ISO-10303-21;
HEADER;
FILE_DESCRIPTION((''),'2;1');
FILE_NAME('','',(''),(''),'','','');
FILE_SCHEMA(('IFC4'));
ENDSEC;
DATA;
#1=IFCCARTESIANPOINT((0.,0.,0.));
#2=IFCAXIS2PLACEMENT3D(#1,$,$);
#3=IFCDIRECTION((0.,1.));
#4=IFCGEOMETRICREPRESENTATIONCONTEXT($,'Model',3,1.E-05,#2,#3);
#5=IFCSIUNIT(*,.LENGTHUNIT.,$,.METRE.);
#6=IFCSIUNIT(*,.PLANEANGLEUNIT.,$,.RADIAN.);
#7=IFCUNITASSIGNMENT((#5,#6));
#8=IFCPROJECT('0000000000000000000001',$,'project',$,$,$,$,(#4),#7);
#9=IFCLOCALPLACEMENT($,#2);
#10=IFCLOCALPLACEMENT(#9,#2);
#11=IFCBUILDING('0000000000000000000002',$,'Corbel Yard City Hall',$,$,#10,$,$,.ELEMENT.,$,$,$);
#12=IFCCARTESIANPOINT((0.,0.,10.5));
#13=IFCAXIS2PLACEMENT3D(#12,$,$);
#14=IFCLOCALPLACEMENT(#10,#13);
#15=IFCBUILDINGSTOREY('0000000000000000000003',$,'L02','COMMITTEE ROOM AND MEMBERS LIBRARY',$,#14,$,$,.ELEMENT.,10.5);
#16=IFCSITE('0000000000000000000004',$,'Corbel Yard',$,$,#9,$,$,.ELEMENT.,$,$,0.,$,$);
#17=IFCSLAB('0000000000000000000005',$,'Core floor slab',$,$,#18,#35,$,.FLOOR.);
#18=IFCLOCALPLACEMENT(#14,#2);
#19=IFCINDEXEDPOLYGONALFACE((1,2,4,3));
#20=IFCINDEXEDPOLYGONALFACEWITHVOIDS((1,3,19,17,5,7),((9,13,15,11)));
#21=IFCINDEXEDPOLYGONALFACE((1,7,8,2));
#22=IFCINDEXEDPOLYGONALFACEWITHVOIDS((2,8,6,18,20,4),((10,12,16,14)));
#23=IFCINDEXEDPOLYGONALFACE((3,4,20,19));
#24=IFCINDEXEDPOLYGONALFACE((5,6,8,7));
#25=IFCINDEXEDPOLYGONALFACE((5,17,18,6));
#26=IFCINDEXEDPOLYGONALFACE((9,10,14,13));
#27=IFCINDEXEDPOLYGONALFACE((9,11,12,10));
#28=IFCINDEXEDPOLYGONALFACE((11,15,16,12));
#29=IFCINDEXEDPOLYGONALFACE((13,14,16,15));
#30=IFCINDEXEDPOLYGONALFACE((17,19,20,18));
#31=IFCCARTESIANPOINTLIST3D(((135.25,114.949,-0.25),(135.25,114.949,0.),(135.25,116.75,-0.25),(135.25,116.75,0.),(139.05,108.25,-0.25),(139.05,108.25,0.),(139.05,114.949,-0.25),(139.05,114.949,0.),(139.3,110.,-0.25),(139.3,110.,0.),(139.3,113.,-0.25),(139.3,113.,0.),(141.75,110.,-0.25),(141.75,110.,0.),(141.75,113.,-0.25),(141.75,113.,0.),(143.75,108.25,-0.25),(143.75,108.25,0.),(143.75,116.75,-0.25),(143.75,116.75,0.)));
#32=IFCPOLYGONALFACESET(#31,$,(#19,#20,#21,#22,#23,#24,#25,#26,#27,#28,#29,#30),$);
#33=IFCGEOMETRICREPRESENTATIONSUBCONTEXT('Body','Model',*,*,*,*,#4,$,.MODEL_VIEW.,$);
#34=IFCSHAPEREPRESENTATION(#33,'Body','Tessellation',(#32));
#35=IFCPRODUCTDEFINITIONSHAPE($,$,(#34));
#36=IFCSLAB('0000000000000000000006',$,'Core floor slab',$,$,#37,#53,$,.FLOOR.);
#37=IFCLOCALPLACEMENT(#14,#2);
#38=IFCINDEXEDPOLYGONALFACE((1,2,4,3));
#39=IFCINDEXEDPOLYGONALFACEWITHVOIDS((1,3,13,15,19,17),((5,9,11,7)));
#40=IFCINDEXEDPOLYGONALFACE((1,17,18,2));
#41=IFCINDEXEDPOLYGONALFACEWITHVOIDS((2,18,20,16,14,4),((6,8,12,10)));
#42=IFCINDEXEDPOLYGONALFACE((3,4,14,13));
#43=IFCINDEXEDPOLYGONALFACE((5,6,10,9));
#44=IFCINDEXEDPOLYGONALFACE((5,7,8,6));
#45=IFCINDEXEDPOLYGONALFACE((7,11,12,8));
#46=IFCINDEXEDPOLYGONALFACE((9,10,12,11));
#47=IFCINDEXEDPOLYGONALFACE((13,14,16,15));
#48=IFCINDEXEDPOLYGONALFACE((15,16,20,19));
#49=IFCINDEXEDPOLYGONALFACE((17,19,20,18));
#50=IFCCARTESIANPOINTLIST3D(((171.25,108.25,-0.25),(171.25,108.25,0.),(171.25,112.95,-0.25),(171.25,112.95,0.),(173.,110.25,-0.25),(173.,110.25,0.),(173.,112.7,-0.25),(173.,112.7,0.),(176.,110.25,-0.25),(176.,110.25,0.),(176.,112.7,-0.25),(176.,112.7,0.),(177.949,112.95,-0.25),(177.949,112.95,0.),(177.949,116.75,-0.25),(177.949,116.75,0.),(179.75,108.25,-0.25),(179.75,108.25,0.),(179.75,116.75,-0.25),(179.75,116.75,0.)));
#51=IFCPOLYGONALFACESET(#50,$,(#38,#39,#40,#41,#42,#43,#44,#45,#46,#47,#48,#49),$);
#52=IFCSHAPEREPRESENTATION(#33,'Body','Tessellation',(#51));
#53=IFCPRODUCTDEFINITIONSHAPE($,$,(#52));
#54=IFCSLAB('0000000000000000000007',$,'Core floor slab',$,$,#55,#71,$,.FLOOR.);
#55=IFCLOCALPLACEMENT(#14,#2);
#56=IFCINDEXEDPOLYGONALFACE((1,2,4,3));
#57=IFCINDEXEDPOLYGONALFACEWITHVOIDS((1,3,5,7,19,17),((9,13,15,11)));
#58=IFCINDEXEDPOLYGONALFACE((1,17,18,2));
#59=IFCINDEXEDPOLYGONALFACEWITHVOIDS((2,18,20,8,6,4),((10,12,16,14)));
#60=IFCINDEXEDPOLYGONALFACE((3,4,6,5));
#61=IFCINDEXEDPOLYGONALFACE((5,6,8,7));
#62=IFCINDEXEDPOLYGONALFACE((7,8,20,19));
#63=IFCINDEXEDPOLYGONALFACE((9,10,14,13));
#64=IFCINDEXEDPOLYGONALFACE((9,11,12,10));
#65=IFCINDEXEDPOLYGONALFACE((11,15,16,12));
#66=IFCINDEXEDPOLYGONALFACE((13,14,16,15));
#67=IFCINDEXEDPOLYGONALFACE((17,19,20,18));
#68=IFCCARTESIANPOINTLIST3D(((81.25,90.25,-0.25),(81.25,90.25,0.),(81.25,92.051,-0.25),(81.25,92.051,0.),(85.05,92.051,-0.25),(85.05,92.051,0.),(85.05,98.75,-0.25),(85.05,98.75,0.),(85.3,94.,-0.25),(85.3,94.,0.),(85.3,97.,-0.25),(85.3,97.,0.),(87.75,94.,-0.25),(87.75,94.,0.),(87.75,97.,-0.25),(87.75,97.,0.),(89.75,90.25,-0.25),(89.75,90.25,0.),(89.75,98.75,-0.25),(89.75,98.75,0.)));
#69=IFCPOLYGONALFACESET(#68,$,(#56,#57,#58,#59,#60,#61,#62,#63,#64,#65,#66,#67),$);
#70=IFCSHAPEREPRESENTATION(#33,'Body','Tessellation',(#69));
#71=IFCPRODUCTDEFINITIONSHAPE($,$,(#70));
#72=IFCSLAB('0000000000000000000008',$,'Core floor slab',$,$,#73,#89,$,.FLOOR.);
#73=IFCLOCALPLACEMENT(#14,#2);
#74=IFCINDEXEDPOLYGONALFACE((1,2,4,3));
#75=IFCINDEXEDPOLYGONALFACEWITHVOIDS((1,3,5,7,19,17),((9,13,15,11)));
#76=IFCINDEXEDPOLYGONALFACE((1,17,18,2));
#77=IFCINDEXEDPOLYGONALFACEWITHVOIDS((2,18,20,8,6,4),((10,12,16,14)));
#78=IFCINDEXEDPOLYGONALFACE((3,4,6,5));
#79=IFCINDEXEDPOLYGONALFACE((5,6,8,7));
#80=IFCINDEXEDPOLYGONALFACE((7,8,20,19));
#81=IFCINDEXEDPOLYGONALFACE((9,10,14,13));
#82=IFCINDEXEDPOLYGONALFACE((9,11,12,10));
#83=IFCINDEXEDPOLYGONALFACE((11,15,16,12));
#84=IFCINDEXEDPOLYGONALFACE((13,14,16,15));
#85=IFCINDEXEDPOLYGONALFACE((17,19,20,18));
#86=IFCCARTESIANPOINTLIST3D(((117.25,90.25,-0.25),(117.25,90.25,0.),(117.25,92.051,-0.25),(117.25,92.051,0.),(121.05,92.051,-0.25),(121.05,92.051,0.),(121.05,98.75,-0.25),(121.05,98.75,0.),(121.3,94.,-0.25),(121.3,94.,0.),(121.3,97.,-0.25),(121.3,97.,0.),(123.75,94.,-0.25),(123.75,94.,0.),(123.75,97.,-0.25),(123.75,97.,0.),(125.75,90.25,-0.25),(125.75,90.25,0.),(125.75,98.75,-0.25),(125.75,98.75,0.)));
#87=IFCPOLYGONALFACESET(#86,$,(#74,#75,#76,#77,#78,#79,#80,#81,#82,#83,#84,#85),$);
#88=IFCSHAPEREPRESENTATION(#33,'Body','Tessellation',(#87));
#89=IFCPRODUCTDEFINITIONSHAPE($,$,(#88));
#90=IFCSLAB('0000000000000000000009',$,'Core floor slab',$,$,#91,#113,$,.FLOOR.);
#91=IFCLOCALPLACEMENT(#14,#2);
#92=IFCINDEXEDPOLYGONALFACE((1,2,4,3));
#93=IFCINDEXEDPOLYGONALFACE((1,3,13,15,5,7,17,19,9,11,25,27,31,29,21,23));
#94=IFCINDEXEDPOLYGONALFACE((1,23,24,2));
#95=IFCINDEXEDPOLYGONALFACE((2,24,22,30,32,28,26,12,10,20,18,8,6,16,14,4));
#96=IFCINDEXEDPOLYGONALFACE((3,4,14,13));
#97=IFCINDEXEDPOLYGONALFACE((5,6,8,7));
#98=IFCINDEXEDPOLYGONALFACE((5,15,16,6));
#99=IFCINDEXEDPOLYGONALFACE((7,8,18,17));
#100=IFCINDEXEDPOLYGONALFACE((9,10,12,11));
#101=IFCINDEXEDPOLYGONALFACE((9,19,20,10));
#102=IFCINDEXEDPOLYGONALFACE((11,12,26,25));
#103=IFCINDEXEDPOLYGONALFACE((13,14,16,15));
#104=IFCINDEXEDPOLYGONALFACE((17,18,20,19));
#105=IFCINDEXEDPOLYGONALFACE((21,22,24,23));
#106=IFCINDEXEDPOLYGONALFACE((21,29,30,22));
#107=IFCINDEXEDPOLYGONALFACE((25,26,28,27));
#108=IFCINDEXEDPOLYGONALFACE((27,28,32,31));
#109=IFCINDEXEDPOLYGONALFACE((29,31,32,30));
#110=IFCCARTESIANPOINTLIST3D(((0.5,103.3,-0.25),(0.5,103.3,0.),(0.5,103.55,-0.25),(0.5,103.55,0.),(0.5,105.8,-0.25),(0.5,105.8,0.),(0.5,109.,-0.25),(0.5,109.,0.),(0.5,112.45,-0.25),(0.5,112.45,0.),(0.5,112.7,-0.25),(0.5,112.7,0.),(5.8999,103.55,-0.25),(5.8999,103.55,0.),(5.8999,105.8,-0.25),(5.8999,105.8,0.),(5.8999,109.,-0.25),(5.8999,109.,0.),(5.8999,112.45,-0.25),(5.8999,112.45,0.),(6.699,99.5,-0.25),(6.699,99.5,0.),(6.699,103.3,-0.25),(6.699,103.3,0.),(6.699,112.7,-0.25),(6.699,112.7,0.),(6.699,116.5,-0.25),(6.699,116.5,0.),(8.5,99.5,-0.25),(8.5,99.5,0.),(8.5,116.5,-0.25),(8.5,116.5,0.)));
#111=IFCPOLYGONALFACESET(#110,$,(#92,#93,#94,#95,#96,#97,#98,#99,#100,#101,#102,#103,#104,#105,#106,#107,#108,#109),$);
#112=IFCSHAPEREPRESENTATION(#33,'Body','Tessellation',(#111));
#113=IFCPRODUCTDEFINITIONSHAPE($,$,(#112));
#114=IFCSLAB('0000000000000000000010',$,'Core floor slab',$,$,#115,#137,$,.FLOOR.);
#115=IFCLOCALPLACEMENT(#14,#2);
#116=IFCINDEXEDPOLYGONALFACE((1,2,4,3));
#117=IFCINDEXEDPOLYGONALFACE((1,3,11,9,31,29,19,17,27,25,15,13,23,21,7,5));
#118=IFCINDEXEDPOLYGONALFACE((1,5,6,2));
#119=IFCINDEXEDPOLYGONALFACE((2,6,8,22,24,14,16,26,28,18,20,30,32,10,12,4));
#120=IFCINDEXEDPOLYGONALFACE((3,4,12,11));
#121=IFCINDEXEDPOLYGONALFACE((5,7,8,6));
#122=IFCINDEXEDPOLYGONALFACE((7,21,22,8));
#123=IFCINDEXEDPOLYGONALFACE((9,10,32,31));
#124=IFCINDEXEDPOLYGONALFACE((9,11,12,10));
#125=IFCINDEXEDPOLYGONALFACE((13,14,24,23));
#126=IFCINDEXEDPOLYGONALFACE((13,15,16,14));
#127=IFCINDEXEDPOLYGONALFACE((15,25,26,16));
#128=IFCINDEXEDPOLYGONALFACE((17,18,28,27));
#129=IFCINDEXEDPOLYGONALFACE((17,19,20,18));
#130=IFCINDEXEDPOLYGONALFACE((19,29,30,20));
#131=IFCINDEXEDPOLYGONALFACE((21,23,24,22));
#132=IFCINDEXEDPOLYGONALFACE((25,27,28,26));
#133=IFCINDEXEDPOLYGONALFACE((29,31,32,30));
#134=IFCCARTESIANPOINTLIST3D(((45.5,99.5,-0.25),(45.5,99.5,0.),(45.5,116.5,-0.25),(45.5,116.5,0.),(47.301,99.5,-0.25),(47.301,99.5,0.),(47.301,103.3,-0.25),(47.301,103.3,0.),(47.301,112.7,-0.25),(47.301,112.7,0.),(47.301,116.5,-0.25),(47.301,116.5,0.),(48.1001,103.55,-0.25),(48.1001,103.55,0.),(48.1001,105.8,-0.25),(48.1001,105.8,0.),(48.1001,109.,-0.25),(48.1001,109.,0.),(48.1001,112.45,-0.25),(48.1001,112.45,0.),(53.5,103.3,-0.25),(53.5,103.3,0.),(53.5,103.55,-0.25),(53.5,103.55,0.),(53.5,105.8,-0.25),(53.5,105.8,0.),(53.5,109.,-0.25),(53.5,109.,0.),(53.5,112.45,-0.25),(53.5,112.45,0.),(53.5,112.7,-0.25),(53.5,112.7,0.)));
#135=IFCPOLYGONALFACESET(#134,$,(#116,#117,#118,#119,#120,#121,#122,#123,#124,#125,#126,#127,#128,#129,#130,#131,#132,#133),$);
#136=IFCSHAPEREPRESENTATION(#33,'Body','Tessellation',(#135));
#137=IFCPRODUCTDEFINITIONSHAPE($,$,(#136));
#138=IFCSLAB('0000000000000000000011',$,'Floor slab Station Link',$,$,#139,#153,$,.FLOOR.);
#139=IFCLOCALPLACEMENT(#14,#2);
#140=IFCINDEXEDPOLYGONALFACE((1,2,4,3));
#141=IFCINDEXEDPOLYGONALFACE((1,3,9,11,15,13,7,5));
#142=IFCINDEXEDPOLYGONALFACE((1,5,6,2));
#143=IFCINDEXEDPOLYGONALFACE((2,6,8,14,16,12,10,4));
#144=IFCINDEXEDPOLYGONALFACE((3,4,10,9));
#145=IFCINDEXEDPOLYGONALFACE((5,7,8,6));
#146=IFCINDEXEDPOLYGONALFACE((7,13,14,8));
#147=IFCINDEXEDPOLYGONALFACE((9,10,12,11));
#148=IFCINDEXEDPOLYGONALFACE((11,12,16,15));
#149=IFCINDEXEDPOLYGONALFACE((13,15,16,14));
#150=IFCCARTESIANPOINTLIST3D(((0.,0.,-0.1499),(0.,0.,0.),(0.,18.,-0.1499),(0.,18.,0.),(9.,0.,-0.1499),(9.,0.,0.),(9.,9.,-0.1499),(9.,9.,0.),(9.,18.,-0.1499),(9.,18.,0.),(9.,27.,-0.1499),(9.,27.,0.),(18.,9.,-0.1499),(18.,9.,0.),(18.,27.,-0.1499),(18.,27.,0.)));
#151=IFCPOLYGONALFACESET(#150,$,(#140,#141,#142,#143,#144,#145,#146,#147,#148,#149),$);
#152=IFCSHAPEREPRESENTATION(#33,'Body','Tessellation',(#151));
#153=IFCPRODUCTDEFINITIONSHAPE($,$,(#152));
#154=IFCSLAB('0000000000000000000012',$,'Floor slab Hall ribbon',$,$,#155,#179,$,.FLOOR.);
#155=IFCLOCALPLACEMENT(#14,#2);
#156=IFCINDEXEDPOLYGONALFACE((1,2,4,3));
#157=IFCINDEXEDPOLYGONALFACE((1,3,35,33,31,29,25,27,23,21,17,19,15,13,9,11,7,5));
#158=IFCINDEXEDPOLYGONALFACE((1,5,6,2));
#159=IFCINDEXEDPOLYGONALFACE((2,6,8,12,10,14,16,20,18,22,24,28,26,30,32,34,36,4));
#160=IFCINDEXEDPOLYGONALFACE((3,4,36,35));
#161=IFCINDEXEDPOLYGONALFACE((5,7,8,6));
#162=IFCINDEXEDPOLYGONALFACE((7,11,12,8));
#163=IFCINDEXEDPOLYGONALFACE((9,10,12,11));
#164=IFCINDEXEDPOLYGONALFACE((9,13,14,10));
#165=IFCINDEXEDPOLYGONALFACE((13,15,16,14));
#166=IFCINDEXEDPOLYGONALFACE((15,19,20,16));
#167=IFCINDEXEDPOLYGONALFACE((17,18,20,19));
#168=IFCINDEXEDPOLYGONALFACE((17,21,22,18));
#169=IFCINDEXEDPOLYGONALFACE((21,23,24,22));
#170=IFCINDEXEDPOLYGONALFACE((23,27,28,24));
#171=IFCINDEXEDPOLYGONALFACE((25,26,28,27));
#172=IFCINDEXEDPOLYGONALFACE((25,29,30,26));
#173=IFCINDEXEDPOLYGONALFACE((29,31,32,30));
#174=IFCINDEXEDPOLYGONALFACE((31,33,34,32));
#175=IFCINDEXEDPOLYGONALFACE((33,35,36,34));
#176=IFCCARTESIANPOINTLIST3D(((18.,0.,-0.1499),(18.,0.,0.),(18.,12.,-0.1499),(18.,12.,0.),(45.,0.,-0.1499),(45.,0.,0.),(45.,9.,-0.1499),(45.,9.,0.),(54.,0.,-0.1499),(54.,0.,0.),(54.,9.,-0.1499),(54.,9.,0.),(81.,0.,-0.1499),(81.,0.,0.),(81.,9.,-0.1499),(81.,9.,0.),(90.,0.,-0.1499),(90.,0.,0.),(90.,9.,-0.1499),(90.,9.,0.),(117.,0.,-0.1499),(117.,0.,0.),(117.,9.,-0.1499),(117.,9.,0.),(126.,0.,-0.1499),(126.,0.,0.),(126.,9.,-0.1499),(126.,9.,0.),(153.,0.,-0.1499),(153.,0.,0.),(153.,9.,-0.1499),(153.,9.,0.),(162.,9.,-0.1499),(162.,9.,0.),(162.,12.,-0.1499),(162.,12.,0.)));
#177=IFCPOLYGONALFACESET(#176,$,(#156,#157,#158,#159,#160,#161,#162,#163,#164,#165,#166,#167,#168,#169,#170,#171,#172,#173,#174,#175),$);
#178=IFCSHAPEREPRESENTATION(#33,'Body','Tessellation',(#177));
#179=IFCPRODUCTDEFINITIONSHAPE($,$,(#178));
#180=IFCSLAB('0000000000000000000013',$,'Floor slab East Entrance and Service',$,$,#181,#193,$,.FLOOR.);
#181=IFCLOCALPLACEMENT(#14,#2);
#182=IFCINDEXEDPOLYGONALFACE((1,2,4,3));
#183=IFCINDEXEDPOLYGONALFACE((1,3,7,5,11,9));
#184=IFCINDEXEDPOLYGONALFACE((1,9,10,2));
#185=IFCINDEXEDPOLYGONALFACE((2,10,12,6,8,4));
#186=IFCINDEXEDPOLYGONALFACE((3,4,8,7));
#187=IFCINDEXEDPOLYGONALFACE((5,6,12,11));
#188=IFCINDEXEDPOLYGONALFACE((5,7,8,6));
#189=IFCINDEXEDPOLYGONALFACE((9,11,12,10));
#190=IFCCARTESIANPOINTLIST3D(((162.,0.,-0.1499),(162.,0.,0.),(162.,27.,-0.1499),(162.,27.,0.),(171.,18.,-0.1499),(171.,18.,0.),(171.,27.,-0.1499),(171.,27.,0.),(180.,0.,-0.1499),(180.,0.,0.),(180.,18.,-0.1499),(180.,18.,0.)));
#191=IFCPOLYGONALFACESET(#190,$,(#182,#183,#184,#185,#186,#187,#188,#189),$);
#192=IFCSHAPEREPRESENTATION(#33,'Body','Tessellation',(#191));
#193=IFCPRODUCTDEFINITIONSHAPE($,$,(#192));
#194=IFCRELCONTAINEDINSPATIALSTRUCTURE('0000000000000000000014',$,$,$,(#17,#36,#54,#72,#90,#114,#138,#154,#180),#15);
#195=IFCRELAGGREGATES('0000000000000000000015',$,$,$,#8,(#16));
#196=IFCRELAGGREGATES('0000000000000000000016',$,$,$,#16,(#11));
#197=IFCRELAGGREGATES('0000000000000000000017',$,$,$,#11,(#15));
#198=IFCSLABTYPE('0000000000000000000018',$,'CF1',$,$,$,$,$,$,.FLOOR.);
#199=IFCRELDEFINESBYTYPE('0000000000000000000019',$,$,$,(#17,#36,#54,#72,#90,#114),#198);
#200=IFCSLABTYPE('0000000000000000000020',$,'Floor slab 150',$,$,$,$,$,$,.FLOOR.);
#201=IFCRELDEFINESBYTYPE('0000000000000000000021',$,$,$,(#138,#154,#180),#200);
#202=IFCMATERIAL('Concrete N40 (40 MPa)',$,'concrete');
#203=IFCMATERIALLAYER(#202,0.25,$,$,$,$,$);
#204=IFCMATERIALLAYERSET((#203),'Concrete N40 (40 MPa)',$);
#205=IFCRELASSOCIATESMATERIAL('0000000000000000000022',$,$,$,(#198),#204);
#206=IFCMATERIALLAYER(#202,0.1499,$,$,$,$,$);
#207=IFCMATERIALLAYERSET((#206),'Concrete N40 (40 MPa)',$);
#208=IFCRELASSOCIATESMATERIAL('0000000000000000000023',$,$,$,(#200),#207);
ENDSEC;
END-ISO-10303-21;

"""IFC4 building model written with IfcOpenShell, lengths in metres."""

from ifc_helpers import new_model, si_unit, direction, frame, origin, place, context, subcontext, project, spatial, polyline, outline, extrude, material, layer, layer_set, type_object, element, save


model = new_model("IFC4")

# Units and contexts
model_context = context("Model", 3, precision=1e-05, world=origin(), true_north=direction((0.0, 1.0)))
body_context = subcontext(model_context, "Body", "Model", "MODEL_VIEW")
ifc_project = project(units=[si_unit("LENGTHUNIT", "METRE"), si_unit("PLANEANGLEUNIT", "RADIAN")], contexts=[model_context])

# Site, building, storey
site_placement = place(None, origin())
site = spatial("IfcSite", under=ifc_project, at=site_placement, Name="Corbel Yard", CompositionType="ELEMENT", RefElevation=0.0)
building_placement = place(site_placement, origin())
building = spatial("IfcBuilding", under=site, at=building_placement, Name="Corbel Yard City Hall", CompositionType="ELEMENT")
storey_placement = place(building_placement, frame((0.0, 0.0, 10.5)))
storey = spatial("IfcBuildingStorey", under=building, at=storey_placement, Name="L02", Description="COMMITTEE ROOM AND MEMBERS LIBRARY", CompositionType="ELEMENT", Elevation=10.5)

# Slabs
ifc_material_1 = material(Name="Concrete N40 (40 MPa)", Category="concrete")
ifc_layer_1 = layer(ifc_material_1, 0.25)
ifc_layer_set_1 = layer_set([ifc_layer_1], Name="Concrete N40 (40 MPa)")
slab_type_1 = type_object("IfcSlabType", Name="CF1", PredefinedType="FLOOR", material=ifc_layer_set_1)
slab_1_placement = place(storey_placement, frame((0.0, 0.0, -0.25)))
element("IfcSlab", 1, at=slab_1_placement, inside=storey, type_object=slab_type_1, Name="Core floor slab", PredefinedType="FLOOR", context=body_context, shape_type="SweptSolid", body=[
    extrude(outline(polyline([(135.25, 116.75), (135.25, 114.949), (139.05, 114.949), (139.05, 108.25), (143.75, 108.25), (143.75, 116.75), (135.25, 116.75)]), holes=[polyline([(141.75, 110.0), (141.75, 113.0), (139.3, 113.0), (139.3, 110.0), (141.75, 110.0)])]), origin(), (0.0, 0.0, 1.0), 0.25),
])
slab_2_placement = place(storey_placement, frame((0.0, 0.0, -0.25)))
element("IfcSlab", 2, at=slab_2_placement, inside=storey, type_object=slab_type_1, Name="Core floor slab", PredefinedType="FLOOR", context=body_context, shape_type="SweptSolid", body=[
    extrude(outline(polyline([(179.75, 116.75), (177.949, 116.75), (177.949, 112.95), (171.25, 112.95), (171.25, 108.25), (179.75, 108.25), (179.75, 116.75)]), holes=[polyline([(176.0, 110.25), (176.0, 112.7), (173.0, 112.7), (173.0, 110.25), (176.0, 110.25)])]), origin(), (0.0, 0.0, 1.0), 0.25),
])
slab_3_placement = place(storey_placement, frame((0.0, 0.0, -0.25)))
element("IfcSlab", 3, at=slab_3_placement, inside=storey, type_object=slab_type_1, Name="Core floor slab", PredefinedType="FLOOR", context=body_context, shape_type="SweptSolid", body=[
    extrude(outline(polyline([(89.75, 98.75), (85.05, 98.75), (85.05, 92.051), (81.25, 92.051), (81.25, 90.25), (89.75, 90.25), (89.75, 98.75)]), holes=[polyline([(87.75, 94.0), (87.75, 97.0), (85.3, 97.0), (85.3, 94.0), (87.75, 94.0)])]), origin(), (0.0, 0.0, 1.0), 0.25),
])
slab_4_placement = place(storey_placement, frame((0.0, 0.0, -0.25)))
element("IfcSlab", 4, at=slab_4_placement, inside=storey, type_object=slab_type_1, Name="Core floor slab", PredefinedType="FLOOR", context=body_context, shape_type="SweptSolid", body=[
    extrude(outline(polyline([(125.75, 98.75), (121.05, 98.75), (121.05, 92.051), (117.25, 92.051), (117.25, 90.25), (125.75, 90.25), (125.75, 98.75)]), holes=[polyline([(123.75, 94.0), (123.75, 97.0), (121.3, 97.0), (121.3, 94.0), (123.75, 94.0)])]), origin(), (0.0, 0.0, 1.0), 0.25),
])
slab_5_placement = place(storey_placement, frame((0.0, 0.0, -0.25)))
element("IfcSlab", 5, at=slab_5_placement, inside=storey, type_object=slab_type_1, Name="Core floor slab", PredefinedType="FLOOR", context=body_context, shape_type="SweptSolid", body=[
    extrude(outline(polyline([(8.5, 116.5), (6.699, 116.5), (6.699, 112.7), (0.5, 112.7), (0.5, 112.45), (5.8999, 112.45), (5.8999, 109.0), (0.5, 109.0), (0.5, 105.8), (5.8999, 105.8), (5.8999, 103.55), (0.5, 103.55), (0.5, 103.3), (6.699, 103.3), (6.699, 99.5), (8.5, 99.5), (8.5, 116.5)])), origin(), (0.0, 0.0, 1.0), 0.25),
])
slab_6_placement = place(storey_placement, frame((0.0, 0.0, -0.25)))
element("IfcSlab", 6, at=slab_6_placement, inside=storey, type_object=slab_type_1, Name="Core floor slab", PredefinedType="FLOOR", context=body_context, shape_type="SweptSolid", body=[
    extrude(outline(polyline([(53.5, 103.3), (53.5, 103.55), (48.1001, 103.55), (48.1001, 105.8), (53.5, 105.8), (53.5, 109.0), (48.1001, 109.0), (48.1001, 112.45), (53.5, 112.45), (53.5, 112.7), (47.301, 112.7), (47.301, 116.5), (45.5, 116.5), (45.5, 99.5), (47.301, 99.5), (47.301, 103.3), (53.5, 103.3)])), origin(), (0.0, 0.0, 1.0), 0.25),
])
ifc_layer_2 = layer(ifc_material_1, 0.1499)
ifc_layer_set_2 = layer_set([ifc_layer_2], Name="Concrete N40 (40 MPa)")
slab_type_2 = type_object("IfcSlabType", Name="Floor slab 150", PredefinedType="FLOOR", material=ifc_layer_set_2)
slab_7_placement = place(storey_placement, frame((0.0, 0.0, -0.1499)))
element("IfcSlab", 7, at=slab_7_placement, inside=storey, type_object=slab_type_2, Name="Floor slab Station Link", PredefinedType="FLOOR", context=body_context, shape_type="SweptSolid", body=[
    extrude(outline(polyline([(9.0, 27.0), (9.0, 18.0), (0.0, 18.0), (0.0, 0.0), (9.0, 0.0), (9.0, 9.0), (18.0, 9.0), (18.0, 27.0), (9.0, 27.0)])), origin(), (0.0, 0.0, 1.0), 0.1499),
])
slab_8_placement = place(storey_placement, frame((0.0, 0.0, -0.1499)))
element("IfcSlab", 8, at=slab_8_placement, inside=storey, type_object=slab_type_2, Name="Floor slab Hall ribbon", PredefinedType="FLOOR", context=body_context, shape_type="SweptSolid", body=[
    extrude(outline(polyline([(126.0, 0.0), (153.0, 0.0), (153.0, 9.0), (162.0, 9.0), (162.0, 12.0), (18.0, 12.0), (18.0, 0.0), (45.0, 0.0), (45.0, 9.0), (54.0, 9.0), (54.0, 0.0), (81.0, 0.0), (81.0, 9.0), (90.0, 9.0), (90.0, 0.0), (117.0, 0.0), (117.0, 9.0), (126.0, 9.0), (126.0, 0.0)])), origin(), (0.0, 0.0, 1.0), 0.1499),
])
slab_9_placement = place(storey_placement, frame((0.0, 0.0, -0.1499)))
element("IfcSlab", 9, at=slab_9_placement, inside=storey, type_object=slab_type_2, Name="Floor slab East Entrance and Service", PredefinedType="FLOOR", context=body_context, shape_type="SweptSolid", body=[
    extrude(outline(polyline([(171.0, 27.0), (162.0, 27.0), (162.0, 0.0), (180.0, 0.0), (180.0, 18.0), (171.0, 18.0), (171.0, 27.0)])), origin(), (0.0, 0.0, 1.0), 0.1499),
])

save(model, "model.ifc")
